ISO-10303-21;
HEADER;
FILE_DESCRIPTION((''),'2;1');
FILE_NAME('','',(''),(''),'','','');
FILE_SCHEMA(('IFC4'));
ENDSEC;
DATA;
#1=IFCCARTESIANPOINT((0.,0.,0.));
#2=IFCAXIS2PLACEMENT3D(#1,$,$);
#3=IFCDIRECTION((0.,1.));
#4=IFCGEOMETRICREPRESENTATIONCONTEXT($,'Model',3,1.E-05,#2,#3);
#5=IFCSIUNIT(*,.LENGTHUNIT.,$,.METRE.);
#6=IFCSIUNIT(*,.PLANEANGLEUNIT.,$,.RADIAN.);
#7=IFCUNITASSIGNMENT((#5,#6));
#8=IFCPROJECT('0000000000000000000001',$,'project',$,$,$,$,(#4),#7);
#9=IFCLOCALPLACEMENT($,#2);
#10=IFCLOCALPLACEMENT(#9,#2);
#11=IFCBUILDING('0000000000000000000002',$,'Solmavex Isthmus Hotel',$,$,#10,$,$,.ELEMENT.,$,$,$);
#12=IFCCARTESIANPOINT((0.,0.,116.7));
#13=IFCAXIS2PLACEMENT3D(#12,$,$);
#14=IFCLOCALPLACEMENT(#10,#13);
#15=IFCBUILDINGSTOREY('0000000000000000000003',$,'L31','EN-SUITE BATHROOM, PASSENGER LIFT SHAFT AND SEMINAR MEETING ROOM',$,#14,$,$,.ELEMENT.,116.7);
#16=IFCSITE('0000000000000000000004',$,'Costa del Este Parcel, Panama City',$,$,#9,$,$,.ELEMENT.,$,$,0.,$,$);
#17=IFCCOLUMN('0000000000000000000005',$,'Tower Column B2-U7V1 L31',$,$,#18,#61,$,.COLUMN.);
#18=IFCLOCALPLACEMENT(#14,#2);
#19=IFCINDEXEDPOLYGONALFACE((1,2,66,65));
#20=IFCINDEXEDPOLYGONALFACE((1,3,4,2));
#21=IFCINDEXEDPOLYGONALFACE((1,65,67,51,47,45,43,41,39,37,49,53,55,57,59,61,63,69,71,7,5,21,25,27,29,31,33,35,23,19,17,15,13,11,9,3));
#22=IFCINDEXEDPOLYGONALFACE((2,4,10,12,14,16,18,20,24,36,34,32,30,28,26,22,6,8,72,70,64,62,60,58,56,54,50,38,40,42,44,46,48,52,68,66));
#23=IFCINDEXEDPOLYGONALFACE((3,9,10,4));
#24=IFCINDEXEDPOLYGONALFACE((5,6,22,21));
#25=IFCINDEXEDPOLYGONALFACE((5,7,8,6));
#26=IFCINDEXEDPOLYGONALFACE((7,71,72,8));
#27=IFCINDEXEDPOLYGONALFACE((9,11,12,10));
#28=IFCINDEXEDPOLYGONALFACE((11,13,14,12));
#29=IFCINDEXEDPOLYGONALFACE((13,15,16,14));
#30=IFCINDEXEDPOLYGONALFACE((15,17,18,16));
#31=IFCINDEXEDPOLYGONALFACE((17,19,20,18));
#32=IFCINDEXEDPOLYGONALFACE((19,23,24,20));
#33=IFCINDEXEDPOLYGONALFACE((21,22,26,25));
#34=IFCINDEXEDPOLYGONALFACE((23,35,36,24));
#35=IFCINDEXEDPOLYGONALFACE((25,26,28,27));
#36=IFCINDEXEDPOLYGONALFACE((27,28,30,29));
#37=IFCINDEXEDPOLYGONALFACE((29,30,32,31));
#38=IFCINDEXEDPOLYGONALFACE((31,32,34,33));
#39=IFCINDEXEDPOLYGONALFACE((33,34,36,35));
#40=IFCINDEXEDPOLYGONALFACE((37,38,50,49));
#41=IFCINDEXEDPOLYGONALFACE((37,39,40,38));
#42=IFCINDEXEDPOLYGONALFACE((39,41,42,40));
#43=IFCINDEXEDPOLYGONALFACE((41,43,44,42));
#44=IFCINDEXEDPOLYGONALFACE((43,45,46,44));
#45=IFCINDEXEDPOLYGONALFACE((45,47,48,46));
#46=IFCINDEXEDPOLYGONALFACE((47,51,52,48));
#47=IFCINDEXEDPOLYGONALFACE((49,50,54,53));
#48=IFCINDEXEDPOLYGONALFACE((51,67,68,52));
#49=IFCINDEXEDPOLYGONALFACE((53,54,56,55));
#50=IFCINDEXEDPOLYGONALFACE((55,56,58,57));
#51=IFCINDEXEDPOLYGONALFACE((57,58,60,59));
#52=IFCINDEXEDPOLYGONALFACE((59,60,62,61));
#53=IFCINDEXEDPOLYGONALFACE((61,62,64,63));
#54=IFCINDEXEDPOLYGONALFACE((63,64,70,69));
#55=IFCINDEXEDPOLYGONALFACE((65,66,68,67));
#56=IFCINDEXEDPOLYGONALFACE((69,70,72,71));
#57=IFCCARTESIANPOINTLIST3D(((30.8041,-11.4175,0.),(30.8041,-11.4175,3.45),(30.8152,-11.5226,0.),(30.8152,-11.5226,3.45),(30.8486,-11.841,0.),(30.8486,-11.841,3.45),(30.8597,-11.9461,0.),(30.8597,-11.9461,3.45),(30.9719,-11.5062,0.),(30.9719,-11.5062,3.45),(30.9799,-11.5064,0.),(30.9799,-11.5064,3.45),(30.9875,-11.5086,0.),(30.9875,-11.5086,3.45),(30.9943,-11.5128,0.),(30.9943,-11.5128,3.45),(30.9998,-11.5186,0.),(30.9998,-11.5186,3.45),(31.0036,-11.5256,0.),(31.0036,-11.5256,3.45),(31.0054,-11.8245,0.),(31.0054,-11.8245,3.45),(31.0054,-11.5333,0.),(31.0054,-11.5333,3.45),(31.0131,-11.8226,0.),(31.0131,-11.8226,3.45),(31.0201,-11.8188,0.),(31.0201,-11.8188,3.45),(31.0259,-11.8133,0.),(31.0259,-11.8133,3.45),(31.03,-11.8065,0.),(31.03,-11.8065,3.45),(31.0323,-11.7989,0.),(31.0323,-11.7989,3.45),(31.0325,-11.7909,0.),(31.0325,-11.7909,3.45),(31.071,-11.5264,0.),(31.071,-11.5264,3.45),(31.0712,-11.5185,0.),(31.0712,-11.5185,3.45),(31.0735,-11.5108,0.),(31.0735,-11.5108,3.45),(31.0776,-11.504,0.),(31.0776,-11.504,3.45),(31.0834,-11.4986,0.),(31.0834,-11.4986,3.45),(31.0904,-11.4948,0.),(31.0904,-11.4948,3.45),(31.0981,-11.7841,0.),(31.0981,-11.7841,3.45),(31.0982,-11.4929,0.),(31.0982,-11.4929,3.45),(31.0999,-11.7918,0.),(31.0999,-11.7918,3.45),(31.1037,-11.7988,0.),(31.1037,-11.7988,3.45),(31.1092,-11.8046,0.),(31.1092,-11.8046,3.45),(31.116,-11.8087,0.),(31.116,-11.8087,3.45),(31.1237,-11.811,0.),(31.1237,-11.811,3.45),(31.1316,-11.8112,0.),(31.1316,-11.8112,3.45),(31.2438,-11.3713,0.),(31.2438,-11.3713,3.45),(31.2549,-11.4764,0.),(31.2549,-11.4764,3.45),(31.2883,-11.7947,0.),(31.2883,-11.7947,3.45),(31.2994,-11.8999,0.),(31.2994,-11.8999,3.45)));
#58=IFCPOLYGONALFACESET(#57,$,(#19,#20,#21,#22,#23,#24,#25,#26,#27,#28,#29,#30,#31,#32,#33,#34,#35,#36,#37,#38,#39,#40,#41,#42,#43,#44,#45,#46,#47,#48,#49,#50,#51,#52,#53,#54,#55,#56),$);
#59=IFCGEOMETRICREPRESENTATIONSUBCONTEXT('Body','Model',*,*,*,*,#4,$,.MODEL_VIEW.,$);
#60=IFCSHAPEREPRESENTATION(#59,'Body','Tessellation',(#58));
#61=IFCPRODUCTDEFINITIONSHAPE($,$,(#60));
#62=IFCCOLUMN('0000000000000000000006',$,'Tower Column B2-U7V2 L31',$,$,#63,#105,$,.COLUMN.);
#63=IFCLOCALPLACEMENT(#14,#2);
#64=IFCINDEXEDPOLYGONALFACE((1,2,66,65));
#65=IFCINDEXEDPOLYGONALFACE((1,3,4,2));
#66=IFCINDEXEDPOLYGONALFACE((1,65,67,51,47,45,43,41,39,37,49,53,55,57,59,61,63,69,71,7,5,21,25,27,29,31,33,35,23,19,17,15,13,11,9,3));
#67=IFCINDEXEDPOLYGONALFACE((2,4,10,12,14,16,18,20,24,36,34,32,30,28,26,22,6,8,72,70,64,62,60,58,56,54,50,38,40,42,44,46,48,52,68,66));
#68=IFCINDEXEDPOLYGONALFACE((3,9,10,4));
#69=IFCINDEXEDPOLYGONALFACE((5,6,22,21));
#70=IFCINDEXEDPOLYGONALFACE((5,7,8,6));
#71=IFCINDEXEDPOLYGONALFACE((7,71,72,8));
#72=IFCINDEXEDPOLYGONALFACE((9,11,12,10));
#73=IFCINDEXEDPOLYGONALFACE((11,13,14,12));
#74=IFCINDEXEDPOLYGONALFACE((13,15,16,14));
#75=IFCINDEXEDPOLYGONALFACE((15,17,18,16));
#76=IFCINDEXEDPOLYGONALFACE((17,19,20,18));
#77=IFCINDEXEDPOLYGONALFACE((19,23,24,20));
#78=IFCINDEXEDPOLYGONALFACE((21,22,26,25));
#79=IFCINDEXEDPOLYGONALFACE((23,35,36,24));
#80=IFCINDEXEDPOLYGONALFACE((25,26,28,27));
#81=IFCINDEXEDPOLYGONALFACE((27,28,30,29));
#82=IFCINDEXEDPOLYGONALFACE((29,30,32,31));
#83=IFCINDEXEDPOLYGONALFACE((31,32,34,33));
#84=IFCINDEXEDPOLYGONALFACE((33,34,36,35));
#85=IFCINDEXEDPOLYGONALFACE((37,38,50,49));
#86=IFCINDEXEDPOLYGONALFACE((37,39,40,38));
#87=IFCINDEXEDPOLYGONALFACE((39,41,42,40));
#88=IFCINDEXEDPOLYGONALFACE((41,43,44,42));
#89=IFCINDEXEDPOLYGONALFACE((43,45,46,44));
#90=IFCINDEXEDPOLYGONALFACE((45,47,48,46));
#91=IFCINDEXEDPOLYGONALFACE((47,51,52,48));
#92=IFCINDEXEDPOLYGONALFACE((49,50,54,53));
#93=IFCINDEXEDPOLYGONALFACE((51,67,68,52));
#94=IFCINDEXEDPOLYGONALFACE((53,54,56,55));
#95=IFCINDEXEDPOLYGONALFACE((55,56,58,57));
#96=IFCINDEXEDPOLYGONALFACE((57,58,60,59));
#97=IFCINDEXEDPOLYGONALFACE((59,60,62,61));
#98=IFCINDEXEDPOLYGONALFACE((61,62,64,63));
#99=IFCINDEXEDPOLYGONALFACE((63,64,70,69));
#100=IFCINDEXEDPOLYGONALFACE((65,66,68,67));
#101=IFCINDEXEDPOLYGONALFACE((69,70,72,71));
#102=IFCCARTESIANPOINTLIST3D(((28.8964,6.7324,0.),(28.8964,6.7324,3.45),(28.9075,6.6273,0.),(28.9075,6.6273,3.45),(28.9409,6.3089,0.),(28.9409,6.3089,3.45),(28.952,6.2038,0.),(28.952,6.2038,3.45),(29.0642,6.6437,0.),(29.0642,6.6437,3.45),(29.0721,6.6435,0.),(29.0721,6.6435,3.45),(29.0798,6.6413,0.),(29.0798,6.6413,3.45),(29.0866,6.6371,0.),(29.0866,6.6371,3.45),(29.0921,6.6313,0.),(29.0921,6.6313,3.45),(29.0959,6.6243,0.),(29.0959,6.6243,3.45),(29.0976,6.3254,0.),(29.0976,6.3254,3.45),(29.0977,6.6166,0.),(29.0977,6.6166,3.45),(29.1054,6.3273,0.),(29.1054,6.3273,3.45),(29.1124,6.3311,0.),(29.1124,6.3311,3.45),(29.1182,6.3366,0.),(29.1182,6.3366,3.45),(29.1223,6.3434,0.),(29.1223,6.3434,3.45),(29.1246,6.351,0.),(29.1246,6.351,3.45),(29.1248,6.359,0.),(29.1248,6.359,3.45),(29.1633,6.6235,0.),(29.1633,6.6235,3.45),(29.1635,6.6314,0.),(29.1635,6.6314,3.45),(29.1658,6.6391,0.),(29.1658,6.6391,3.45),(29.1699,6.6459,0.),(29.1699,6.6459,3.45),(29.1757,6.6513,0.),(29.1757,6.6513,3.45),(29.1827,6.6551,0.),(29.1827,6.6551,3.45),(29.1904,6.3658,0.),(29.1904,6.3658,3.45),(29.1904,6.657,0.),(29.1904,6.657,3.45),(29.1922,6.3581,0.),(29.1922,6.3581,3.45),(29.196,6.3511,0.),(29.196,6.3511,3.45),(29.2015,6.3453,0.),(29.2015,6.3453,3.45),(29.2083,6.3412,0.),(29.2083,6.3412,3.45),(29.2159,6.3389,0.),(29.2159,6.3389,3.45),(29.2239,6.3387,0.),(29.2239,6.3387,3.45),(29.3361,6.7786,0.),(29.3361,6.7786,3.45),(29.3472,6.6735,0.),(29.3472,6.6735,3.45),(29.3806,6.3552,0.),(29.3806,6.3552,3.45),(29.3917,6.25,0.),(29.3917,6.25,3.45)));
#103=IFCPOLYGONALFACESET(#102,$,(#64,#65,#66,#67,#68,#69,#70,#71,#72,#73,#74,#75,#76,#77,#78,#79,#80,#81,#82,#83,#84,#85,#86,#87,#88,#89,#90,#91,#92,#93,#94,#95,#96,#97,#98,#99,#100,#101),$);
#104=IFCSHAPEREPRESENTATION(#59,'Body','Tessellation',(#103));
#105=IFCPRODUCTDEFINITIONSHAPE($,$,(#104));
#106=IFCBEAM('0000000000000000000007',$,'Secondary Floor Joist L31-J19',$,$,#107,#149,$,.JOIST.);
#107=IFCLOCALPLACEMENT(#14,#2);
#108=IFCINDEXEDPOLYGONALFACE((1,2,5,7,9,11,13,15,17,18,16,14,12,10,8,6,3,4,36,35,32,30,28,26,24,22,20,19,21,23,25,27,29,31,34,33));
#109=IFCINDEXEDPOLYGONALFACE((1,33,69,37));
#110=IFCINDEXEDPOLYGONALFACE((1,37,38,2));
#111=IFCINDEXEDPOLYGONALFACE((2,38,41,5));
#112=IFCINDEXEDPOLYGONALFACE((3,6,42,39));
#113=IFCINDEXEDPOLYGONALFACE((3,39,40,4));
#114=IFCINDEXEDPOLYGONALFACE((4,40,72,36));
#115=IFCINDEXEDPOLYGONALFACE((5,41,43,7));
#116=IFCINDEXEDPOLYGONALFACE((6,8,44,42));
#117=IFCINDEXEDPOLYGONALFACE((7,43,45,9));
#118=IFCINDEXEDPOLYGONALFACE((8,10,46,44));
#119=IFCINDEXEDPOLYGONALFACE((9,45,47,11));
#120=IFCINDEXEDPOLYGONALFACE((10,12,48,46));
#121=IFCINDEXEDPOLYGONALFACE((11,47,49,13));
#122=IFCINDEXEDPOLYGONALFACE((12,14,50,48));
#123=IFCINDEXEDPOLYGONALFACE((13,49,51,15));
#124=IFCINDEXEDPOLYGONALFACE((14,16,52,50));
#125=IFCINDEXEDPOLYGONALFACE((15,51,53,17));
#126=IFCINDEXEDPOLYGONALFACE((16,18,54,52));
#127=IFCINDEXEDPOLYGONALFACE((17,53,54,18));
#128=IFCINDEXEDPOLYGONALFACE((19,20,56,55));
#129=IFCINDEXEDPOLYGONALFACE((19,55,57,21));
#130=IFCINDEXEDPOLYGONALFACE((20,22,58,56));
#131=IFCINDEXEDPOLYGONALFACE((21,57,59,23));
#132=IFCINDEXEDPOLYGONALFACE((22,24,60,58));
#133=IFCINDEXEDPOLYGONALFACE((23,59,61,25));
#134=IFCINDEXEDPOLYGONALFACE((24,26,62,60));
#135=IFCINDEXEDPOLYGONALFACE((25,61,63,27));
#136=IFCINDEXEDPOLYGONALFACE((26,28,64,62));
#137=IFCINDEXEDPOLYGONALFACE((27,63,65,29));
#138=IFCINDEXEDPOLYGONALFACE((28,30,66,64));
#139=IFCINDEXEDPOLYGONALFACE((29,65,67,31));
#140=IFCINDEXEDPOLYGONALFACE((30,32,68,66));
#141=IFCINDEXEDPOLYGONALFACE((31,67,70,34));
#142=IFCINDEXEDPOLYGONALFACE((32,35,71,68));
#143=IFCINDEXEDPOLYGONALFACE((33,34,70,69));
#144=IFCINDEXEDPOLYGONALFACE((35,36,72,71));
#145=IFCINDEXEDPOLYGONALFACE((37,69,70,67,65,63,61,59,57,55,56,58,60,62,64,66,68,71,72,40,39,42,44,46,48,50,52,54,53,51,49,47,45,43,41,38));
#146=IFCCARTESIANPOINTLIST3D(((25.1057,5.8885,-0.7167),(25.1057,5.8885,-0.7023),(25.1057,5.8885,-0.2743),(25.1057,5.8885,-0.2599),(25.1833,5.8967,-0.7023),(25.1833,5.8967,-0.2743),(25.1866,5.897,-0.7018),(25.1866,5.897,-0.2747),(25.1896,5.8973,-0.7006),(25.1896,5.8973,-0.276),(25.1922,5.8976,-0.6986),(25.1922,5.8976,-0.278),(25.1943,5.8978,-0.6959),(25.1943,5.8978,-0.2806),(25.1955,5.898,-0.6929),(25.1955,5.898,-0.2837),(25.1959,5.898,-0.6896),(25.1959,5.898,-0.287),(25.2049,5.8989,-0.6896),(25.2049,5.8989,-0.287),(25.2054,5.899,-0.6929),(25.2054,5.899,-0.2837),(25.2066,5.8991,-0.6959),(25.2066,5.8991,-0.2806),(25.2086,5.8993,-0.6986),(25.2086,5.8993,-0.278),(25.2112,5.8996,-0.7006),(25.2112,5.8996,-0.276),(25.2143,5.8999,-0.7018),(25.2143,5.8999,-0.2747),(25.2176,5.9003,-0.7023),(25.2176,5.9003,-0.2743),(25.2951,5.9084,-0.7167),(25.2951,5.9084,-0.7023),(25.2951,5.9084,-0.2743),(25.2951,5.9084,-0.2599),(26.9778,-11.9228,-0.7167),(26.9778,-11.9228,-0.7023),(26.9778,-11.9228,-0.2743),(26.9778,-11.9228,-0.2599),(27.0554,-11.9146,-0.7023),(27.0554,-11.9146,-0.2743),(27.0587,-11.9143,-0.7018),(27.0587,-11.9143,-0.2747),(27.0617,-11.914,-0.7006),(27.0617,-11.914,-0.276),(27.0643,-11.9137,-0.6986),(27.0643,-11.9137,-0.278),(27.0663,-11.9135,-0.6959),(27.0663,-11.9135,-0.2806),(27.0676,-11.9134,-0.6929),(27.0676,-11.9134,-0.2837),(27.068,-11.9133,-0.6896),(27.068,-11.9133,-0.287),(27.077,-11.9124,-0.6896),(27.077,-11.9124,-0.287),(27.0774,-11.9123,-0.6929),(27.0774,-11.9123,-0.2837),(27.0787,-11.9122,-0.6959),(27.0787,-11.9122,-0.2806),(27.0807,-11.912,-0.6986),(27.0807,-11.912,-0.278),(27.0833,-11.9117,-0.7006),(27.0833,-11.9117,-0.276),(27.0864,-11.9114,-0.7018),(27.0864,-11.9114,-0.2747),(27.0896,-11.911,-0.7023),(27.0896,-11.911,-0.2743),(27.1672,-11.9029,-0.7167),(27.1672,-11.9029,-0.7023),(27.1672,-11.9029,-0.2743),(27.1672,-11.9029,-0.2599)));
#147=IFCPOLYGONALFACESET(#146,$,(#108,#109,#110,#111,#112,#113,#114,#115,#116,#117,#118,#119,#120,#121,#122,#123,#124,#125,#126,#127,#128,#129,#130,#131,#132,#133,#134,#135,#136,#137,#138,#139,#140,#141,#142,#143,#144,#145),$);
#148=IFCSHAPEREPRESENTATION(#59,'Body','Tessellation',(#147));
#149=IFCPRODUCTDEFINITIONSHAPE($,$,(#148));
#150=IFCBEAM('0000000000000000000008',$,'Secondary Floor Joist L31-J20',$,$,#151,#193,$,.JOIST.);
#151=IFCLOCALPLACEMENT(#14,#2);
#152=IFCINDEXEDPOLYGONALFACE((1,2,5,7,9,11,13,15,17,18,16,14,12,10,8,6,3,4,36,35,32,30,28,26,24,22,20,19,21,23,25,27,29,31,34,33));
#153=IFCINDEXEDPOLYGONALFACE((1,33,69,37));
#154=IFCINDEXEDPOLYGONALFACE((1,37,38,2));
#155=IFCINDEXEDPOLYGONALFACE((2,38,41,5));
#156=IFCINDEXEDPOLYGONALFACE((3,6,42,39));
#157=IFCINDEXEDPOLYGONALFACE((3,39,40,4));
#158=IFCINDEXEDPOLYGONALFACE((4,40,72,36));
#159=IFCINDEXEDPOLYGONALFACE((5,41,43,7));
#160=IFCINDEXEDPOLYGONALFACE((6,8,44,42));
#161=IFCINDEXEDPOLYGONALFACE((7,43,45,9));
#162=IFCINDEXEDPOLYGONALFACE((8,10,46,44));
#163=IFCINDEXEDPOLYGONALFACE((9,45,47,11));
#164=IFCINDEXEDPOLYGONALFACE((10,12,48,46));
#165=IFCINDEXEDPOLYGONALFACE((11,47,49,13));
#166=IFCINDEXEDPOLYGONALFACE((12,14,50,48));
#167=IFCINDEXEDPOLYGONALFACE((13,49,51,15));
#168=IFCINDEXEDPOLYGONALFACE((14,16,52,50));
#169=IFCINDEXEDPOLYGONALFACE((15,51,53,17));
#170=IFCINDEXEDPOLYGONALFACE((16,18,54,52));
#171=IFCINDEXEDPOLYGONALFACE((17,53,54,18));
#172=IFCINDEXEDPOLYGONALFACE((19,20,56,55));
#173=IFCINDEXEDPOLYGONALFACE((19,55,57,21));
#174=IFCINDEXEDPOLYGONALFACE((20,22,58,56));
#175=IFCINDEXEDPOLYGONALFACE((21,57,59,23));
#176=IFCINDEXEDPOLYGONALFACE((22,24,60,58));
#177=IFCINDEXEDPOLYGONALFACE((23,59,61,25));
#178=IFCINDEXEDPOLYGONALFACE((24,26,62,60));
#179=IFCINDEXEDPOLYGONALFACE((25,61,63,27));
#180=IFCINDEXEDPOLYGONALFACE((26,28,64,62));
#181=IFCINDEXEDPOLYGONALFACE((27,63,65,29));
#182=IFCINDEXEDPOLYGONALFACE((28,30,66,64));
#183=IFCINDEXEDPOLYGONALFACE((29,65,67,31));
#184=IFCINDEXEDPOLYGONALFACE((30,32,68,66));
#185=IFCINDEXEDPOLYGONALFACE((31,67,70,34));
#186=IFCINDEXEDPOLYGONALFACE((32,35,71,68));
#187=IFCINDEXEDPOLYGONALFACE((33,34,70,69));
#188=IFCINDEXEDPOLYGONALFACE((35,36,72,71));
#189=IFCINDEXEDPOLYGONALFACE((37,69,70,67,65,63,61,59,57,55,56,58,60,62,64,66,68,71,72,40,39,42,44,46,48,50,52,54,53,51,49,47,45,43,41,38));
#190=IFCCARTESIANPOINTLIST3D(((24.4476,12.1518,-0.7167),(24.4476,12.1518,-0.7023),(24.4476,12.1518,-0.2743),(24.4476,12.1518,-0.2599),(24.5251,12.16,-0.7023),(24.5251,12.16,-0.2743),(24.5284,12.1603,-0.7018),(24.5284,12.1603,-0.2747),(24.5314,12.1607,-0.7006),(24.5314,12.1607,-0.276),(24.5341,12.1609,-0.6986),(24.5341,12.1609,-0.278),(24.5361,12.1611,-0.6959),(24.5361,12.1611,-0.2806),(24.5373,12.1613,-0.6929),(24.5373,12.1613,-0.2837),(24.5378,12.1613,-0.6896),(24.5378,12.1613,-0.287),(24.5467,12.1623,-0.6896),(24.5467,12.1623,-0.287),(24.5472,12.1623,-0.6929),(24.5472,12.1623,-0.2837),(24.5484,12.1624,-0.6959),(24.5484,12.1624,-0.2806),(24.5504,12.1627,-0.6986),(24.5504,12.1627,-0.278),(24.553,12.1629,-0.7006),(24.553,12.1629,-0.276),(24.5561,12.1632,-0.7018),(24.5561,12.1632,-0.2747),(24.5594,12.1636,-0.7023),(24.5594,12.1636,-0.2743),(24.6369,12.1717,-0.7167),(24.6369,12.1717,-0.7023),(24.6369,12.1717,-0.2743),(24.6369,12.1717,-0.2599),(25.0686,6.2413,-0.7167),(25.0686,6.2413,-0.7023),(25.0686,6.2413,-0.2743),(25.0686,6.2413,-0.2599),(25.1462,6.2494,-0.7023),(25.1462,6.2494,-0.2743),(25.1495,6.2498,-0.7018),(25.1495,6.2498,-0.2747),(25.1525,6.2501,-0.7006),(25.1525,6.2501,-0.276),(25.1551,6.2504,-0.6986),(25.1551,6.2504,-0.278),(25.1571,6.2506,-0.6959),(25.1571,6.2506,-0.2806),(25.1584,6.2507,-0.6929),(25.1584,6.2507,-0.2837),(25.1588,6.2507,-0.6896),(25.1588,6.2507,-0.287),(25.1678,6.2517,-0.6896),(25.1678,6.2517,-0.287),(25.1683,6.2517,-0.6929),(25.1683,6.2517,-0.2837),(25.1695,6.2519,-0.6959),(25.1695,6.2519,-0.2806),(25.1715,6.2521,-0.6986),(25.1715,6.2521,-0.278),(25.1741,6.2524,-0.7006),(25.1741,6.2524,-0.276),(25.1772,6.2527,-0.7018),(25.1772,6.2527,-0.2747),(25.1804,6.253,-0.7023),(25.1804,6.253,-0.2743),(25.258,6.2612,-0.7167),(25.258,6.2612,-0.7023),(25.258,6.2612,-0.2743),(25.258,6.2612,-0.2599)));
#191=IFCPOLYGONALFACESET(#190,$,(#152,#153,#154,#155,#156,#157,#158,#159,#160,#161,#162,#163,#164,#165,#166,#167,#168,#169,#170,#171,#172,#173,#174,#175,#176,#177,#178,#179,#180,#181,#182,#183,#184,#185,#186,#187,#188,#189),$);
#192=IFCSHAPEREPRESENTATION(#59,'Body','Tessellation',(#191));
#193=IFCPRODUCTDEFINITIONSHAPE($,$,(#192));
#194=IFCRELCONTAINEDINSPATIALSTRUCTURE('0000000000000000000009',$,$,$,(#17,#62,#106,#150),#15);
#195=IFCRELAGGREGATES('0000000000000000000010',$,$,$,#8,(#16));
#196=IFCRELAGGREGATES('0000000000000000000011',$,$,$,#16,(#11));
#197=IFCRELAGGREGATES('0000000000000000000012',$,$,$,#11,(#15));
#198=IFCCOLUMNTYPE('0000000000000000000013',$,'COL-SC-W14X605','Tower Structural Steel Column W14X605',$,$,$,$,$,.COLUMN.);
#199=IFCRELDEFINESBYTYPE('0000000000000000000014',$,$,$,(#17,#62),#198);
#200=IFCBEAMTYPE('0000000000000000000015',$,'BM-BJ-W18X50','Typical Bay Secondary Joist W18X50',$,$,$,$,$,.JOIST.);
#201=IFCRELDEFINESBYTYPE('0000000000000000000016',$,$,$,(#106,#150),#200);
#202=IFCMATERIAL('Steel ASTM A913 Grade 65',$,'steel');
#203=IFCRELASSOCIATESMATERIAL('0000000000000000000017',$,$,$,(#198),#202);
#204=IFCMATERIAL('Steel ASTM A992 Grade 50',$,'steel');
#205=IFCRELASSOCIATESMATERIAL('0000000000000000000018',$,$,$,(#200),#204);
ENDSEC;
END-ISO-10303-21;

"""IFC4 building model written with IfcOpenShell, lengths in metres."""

from ifc_helpers import new_model, si_unit, direction, frame, origin, origin_2d, place, context, subcontext, project, spatial, i_section, extrude, material, material_profile, profile_set, type_object, element, save


model = new_model("IFC4")

# Units and contexts
model_context = context("Model", 3, precision=1e-05, world=origin(), true_north=direction((0.0, 1.0)))
body_context = subcontext(model_context, "Body", "Model", "MODEL_VIEW")
ifc_project = project(units=[si_unit("LENGTHUNIT", "METRE"), si_unit("PLANEANGLEUNIT", "RADIAN")], contexts=[model_context])

# Site, building, storey
site_placement = place(None, origin())
site = spatial("IfcSite", under=ifc_project, at=site_placement, Name="Costa del Este Parcel, Panama City", CompositionType="ELEMENT", RefElevation=0.0)
building_placement = place(site_placement, origin())
building = spatial("IfcBuilding", under=site, at=building_placement, Name="Solmavex Isthmus Hotel", CompositionType="ELEMENT")
storey_placement = place(building_placement, frame((0.0, 0.0, 116.7)))
storey = spatial("IfcBuildingStorey", under=building, at=storey_placement, Name="L31", Description="EN-SUITE BATHROOM, PASSENGER LIFT SHAFT AND SEMINAR MEETING ROOM", CompositionType="ELEMENT", Elevation=116.7)

# Columns
ifc_material_1 = material(Name="Steel ASTM A913 Grade 65", Category="steel")
ifc_material_profile_1 = material_profile(ifc_material_1, i_section(OverallWidth=0.4421, OverallDepth=0.5315, WebThickness=0.0659, FlangeThickness=0.1057, FilletRadius=0.0305, at=origin_2d()), Name="W14X605")
ifc_profile_set_1 = profile_set([ifc_material_profile_1], Name="Steel ASTM A913 Grade 65")
column_type = type_object("IfcColumnType", Name="COL-SC-W14X605", Description="Tower Structural Steel Column W14X605", PredefinedType="COLUMN", material=ifc_profile_set_1)
for number, where, z_axis, x_axis, name in (
    (1, (31.0518, -11.6587, 0.0), (0.0, 0.0, 1.0), (0.994522, 0.104528, 0.0), "Tower Column B2-U7V1 L31"),
    (2, (29.144, 6.4912, 0.0), (0.0, 0.0, 1.0), (0.994522, 0.104528, 0.0), "Tower Column B2-U7V2 L31"),
):
    element("IfcColumn", number, at=place(storey_placement, frame(where, z_axis=z_axis, x_axis=x_axis)), inside=storey, type_object=column_type, Name=name, PredefinedType="COLUMN", context=body_context, shape_type="SweptSolid", body=[
        extrude(i_section(OverallWidth=0.4421, OverallDepth=0.5315, WebThickness=0.0659, FlangeThickness=0.1057, FilletRadius=0.0305, at=origin_2d()), origin(), (0.0, 0.0, 1.0), 3.45),
    ])

# Beams
ifc_material_2 = material(Name="Steel ASTM A992 Grade 50", Category="steel")
ifc_material_profile_2 = material_profile(ifc_material_2, i_section(OverallWidth=0.1904, OverallDepth=0.4568, WebThickness=0.009, FlangeThickness=0.0144, FilletRadius=0.0127, at=origin_2d()), Name="W18X50")
ifc_profile_set_2 = profile_set([ifc_material_profile_2], Name="Steel ASTM A992 Grade 50")
beam_type_1 = type_object("IfcBeamType", Name="BM-BJ-W18X50", Description="Typical Bay Secondary Joist W18X50", PredefinedType="JOIST", material=ifc_profile_set_2)
beam_1_placement = place(storey_placement, frame((27.0725, -11.9128, -0.4883), z_axis=(-0.10453, 0.994522, 0.0), x_axis=(-0.994522, -0.10453, 0.0)))
element("IfcBeam", 3, at=beam_1_placement, inside=storey, type_object=beam_type_1, Name="Secondary Floor Joist L31-J19", PredefinedType="JOIST", context=body_context, shape_type="SweptSolid", body=[
    extrude(i_section(OverallWidth=0.1904, OverallDepth=0.4568, WebThickness=0.009, FlangeThickness=0.0144, FilletRadius=0.0127, at=origin_2d()), origin(), (0.0, 0.0, 1.0), 17.9094),
])
beam_2_placement = place(storey_placement, frame((25.1633, 6.2512, -0.4883), z_axis=(-0.104505, 0.994524, 0.0), x_axis=(-0.994524, -0.104505, 0.0)))
element("IfcBeam", 4, at=beam_2_placement, inside=storey, type_object=beam_type_1, Name="Secondary Floor Joist L31-J20", PredefinedType="JOIST", context=body_context, shape_type="SweptSolid", body=[
    extrude(i_section(OverallWidth=0.1904, OverallDepth=0.4568, WebThickness=0.009, FlangeThickness=0.0144, FilletRadius=0.0127, at=origin_2d()), origin(), (0.0, 0.0, 1.0), 5.9431),
])

save(model, "model.ifc")
